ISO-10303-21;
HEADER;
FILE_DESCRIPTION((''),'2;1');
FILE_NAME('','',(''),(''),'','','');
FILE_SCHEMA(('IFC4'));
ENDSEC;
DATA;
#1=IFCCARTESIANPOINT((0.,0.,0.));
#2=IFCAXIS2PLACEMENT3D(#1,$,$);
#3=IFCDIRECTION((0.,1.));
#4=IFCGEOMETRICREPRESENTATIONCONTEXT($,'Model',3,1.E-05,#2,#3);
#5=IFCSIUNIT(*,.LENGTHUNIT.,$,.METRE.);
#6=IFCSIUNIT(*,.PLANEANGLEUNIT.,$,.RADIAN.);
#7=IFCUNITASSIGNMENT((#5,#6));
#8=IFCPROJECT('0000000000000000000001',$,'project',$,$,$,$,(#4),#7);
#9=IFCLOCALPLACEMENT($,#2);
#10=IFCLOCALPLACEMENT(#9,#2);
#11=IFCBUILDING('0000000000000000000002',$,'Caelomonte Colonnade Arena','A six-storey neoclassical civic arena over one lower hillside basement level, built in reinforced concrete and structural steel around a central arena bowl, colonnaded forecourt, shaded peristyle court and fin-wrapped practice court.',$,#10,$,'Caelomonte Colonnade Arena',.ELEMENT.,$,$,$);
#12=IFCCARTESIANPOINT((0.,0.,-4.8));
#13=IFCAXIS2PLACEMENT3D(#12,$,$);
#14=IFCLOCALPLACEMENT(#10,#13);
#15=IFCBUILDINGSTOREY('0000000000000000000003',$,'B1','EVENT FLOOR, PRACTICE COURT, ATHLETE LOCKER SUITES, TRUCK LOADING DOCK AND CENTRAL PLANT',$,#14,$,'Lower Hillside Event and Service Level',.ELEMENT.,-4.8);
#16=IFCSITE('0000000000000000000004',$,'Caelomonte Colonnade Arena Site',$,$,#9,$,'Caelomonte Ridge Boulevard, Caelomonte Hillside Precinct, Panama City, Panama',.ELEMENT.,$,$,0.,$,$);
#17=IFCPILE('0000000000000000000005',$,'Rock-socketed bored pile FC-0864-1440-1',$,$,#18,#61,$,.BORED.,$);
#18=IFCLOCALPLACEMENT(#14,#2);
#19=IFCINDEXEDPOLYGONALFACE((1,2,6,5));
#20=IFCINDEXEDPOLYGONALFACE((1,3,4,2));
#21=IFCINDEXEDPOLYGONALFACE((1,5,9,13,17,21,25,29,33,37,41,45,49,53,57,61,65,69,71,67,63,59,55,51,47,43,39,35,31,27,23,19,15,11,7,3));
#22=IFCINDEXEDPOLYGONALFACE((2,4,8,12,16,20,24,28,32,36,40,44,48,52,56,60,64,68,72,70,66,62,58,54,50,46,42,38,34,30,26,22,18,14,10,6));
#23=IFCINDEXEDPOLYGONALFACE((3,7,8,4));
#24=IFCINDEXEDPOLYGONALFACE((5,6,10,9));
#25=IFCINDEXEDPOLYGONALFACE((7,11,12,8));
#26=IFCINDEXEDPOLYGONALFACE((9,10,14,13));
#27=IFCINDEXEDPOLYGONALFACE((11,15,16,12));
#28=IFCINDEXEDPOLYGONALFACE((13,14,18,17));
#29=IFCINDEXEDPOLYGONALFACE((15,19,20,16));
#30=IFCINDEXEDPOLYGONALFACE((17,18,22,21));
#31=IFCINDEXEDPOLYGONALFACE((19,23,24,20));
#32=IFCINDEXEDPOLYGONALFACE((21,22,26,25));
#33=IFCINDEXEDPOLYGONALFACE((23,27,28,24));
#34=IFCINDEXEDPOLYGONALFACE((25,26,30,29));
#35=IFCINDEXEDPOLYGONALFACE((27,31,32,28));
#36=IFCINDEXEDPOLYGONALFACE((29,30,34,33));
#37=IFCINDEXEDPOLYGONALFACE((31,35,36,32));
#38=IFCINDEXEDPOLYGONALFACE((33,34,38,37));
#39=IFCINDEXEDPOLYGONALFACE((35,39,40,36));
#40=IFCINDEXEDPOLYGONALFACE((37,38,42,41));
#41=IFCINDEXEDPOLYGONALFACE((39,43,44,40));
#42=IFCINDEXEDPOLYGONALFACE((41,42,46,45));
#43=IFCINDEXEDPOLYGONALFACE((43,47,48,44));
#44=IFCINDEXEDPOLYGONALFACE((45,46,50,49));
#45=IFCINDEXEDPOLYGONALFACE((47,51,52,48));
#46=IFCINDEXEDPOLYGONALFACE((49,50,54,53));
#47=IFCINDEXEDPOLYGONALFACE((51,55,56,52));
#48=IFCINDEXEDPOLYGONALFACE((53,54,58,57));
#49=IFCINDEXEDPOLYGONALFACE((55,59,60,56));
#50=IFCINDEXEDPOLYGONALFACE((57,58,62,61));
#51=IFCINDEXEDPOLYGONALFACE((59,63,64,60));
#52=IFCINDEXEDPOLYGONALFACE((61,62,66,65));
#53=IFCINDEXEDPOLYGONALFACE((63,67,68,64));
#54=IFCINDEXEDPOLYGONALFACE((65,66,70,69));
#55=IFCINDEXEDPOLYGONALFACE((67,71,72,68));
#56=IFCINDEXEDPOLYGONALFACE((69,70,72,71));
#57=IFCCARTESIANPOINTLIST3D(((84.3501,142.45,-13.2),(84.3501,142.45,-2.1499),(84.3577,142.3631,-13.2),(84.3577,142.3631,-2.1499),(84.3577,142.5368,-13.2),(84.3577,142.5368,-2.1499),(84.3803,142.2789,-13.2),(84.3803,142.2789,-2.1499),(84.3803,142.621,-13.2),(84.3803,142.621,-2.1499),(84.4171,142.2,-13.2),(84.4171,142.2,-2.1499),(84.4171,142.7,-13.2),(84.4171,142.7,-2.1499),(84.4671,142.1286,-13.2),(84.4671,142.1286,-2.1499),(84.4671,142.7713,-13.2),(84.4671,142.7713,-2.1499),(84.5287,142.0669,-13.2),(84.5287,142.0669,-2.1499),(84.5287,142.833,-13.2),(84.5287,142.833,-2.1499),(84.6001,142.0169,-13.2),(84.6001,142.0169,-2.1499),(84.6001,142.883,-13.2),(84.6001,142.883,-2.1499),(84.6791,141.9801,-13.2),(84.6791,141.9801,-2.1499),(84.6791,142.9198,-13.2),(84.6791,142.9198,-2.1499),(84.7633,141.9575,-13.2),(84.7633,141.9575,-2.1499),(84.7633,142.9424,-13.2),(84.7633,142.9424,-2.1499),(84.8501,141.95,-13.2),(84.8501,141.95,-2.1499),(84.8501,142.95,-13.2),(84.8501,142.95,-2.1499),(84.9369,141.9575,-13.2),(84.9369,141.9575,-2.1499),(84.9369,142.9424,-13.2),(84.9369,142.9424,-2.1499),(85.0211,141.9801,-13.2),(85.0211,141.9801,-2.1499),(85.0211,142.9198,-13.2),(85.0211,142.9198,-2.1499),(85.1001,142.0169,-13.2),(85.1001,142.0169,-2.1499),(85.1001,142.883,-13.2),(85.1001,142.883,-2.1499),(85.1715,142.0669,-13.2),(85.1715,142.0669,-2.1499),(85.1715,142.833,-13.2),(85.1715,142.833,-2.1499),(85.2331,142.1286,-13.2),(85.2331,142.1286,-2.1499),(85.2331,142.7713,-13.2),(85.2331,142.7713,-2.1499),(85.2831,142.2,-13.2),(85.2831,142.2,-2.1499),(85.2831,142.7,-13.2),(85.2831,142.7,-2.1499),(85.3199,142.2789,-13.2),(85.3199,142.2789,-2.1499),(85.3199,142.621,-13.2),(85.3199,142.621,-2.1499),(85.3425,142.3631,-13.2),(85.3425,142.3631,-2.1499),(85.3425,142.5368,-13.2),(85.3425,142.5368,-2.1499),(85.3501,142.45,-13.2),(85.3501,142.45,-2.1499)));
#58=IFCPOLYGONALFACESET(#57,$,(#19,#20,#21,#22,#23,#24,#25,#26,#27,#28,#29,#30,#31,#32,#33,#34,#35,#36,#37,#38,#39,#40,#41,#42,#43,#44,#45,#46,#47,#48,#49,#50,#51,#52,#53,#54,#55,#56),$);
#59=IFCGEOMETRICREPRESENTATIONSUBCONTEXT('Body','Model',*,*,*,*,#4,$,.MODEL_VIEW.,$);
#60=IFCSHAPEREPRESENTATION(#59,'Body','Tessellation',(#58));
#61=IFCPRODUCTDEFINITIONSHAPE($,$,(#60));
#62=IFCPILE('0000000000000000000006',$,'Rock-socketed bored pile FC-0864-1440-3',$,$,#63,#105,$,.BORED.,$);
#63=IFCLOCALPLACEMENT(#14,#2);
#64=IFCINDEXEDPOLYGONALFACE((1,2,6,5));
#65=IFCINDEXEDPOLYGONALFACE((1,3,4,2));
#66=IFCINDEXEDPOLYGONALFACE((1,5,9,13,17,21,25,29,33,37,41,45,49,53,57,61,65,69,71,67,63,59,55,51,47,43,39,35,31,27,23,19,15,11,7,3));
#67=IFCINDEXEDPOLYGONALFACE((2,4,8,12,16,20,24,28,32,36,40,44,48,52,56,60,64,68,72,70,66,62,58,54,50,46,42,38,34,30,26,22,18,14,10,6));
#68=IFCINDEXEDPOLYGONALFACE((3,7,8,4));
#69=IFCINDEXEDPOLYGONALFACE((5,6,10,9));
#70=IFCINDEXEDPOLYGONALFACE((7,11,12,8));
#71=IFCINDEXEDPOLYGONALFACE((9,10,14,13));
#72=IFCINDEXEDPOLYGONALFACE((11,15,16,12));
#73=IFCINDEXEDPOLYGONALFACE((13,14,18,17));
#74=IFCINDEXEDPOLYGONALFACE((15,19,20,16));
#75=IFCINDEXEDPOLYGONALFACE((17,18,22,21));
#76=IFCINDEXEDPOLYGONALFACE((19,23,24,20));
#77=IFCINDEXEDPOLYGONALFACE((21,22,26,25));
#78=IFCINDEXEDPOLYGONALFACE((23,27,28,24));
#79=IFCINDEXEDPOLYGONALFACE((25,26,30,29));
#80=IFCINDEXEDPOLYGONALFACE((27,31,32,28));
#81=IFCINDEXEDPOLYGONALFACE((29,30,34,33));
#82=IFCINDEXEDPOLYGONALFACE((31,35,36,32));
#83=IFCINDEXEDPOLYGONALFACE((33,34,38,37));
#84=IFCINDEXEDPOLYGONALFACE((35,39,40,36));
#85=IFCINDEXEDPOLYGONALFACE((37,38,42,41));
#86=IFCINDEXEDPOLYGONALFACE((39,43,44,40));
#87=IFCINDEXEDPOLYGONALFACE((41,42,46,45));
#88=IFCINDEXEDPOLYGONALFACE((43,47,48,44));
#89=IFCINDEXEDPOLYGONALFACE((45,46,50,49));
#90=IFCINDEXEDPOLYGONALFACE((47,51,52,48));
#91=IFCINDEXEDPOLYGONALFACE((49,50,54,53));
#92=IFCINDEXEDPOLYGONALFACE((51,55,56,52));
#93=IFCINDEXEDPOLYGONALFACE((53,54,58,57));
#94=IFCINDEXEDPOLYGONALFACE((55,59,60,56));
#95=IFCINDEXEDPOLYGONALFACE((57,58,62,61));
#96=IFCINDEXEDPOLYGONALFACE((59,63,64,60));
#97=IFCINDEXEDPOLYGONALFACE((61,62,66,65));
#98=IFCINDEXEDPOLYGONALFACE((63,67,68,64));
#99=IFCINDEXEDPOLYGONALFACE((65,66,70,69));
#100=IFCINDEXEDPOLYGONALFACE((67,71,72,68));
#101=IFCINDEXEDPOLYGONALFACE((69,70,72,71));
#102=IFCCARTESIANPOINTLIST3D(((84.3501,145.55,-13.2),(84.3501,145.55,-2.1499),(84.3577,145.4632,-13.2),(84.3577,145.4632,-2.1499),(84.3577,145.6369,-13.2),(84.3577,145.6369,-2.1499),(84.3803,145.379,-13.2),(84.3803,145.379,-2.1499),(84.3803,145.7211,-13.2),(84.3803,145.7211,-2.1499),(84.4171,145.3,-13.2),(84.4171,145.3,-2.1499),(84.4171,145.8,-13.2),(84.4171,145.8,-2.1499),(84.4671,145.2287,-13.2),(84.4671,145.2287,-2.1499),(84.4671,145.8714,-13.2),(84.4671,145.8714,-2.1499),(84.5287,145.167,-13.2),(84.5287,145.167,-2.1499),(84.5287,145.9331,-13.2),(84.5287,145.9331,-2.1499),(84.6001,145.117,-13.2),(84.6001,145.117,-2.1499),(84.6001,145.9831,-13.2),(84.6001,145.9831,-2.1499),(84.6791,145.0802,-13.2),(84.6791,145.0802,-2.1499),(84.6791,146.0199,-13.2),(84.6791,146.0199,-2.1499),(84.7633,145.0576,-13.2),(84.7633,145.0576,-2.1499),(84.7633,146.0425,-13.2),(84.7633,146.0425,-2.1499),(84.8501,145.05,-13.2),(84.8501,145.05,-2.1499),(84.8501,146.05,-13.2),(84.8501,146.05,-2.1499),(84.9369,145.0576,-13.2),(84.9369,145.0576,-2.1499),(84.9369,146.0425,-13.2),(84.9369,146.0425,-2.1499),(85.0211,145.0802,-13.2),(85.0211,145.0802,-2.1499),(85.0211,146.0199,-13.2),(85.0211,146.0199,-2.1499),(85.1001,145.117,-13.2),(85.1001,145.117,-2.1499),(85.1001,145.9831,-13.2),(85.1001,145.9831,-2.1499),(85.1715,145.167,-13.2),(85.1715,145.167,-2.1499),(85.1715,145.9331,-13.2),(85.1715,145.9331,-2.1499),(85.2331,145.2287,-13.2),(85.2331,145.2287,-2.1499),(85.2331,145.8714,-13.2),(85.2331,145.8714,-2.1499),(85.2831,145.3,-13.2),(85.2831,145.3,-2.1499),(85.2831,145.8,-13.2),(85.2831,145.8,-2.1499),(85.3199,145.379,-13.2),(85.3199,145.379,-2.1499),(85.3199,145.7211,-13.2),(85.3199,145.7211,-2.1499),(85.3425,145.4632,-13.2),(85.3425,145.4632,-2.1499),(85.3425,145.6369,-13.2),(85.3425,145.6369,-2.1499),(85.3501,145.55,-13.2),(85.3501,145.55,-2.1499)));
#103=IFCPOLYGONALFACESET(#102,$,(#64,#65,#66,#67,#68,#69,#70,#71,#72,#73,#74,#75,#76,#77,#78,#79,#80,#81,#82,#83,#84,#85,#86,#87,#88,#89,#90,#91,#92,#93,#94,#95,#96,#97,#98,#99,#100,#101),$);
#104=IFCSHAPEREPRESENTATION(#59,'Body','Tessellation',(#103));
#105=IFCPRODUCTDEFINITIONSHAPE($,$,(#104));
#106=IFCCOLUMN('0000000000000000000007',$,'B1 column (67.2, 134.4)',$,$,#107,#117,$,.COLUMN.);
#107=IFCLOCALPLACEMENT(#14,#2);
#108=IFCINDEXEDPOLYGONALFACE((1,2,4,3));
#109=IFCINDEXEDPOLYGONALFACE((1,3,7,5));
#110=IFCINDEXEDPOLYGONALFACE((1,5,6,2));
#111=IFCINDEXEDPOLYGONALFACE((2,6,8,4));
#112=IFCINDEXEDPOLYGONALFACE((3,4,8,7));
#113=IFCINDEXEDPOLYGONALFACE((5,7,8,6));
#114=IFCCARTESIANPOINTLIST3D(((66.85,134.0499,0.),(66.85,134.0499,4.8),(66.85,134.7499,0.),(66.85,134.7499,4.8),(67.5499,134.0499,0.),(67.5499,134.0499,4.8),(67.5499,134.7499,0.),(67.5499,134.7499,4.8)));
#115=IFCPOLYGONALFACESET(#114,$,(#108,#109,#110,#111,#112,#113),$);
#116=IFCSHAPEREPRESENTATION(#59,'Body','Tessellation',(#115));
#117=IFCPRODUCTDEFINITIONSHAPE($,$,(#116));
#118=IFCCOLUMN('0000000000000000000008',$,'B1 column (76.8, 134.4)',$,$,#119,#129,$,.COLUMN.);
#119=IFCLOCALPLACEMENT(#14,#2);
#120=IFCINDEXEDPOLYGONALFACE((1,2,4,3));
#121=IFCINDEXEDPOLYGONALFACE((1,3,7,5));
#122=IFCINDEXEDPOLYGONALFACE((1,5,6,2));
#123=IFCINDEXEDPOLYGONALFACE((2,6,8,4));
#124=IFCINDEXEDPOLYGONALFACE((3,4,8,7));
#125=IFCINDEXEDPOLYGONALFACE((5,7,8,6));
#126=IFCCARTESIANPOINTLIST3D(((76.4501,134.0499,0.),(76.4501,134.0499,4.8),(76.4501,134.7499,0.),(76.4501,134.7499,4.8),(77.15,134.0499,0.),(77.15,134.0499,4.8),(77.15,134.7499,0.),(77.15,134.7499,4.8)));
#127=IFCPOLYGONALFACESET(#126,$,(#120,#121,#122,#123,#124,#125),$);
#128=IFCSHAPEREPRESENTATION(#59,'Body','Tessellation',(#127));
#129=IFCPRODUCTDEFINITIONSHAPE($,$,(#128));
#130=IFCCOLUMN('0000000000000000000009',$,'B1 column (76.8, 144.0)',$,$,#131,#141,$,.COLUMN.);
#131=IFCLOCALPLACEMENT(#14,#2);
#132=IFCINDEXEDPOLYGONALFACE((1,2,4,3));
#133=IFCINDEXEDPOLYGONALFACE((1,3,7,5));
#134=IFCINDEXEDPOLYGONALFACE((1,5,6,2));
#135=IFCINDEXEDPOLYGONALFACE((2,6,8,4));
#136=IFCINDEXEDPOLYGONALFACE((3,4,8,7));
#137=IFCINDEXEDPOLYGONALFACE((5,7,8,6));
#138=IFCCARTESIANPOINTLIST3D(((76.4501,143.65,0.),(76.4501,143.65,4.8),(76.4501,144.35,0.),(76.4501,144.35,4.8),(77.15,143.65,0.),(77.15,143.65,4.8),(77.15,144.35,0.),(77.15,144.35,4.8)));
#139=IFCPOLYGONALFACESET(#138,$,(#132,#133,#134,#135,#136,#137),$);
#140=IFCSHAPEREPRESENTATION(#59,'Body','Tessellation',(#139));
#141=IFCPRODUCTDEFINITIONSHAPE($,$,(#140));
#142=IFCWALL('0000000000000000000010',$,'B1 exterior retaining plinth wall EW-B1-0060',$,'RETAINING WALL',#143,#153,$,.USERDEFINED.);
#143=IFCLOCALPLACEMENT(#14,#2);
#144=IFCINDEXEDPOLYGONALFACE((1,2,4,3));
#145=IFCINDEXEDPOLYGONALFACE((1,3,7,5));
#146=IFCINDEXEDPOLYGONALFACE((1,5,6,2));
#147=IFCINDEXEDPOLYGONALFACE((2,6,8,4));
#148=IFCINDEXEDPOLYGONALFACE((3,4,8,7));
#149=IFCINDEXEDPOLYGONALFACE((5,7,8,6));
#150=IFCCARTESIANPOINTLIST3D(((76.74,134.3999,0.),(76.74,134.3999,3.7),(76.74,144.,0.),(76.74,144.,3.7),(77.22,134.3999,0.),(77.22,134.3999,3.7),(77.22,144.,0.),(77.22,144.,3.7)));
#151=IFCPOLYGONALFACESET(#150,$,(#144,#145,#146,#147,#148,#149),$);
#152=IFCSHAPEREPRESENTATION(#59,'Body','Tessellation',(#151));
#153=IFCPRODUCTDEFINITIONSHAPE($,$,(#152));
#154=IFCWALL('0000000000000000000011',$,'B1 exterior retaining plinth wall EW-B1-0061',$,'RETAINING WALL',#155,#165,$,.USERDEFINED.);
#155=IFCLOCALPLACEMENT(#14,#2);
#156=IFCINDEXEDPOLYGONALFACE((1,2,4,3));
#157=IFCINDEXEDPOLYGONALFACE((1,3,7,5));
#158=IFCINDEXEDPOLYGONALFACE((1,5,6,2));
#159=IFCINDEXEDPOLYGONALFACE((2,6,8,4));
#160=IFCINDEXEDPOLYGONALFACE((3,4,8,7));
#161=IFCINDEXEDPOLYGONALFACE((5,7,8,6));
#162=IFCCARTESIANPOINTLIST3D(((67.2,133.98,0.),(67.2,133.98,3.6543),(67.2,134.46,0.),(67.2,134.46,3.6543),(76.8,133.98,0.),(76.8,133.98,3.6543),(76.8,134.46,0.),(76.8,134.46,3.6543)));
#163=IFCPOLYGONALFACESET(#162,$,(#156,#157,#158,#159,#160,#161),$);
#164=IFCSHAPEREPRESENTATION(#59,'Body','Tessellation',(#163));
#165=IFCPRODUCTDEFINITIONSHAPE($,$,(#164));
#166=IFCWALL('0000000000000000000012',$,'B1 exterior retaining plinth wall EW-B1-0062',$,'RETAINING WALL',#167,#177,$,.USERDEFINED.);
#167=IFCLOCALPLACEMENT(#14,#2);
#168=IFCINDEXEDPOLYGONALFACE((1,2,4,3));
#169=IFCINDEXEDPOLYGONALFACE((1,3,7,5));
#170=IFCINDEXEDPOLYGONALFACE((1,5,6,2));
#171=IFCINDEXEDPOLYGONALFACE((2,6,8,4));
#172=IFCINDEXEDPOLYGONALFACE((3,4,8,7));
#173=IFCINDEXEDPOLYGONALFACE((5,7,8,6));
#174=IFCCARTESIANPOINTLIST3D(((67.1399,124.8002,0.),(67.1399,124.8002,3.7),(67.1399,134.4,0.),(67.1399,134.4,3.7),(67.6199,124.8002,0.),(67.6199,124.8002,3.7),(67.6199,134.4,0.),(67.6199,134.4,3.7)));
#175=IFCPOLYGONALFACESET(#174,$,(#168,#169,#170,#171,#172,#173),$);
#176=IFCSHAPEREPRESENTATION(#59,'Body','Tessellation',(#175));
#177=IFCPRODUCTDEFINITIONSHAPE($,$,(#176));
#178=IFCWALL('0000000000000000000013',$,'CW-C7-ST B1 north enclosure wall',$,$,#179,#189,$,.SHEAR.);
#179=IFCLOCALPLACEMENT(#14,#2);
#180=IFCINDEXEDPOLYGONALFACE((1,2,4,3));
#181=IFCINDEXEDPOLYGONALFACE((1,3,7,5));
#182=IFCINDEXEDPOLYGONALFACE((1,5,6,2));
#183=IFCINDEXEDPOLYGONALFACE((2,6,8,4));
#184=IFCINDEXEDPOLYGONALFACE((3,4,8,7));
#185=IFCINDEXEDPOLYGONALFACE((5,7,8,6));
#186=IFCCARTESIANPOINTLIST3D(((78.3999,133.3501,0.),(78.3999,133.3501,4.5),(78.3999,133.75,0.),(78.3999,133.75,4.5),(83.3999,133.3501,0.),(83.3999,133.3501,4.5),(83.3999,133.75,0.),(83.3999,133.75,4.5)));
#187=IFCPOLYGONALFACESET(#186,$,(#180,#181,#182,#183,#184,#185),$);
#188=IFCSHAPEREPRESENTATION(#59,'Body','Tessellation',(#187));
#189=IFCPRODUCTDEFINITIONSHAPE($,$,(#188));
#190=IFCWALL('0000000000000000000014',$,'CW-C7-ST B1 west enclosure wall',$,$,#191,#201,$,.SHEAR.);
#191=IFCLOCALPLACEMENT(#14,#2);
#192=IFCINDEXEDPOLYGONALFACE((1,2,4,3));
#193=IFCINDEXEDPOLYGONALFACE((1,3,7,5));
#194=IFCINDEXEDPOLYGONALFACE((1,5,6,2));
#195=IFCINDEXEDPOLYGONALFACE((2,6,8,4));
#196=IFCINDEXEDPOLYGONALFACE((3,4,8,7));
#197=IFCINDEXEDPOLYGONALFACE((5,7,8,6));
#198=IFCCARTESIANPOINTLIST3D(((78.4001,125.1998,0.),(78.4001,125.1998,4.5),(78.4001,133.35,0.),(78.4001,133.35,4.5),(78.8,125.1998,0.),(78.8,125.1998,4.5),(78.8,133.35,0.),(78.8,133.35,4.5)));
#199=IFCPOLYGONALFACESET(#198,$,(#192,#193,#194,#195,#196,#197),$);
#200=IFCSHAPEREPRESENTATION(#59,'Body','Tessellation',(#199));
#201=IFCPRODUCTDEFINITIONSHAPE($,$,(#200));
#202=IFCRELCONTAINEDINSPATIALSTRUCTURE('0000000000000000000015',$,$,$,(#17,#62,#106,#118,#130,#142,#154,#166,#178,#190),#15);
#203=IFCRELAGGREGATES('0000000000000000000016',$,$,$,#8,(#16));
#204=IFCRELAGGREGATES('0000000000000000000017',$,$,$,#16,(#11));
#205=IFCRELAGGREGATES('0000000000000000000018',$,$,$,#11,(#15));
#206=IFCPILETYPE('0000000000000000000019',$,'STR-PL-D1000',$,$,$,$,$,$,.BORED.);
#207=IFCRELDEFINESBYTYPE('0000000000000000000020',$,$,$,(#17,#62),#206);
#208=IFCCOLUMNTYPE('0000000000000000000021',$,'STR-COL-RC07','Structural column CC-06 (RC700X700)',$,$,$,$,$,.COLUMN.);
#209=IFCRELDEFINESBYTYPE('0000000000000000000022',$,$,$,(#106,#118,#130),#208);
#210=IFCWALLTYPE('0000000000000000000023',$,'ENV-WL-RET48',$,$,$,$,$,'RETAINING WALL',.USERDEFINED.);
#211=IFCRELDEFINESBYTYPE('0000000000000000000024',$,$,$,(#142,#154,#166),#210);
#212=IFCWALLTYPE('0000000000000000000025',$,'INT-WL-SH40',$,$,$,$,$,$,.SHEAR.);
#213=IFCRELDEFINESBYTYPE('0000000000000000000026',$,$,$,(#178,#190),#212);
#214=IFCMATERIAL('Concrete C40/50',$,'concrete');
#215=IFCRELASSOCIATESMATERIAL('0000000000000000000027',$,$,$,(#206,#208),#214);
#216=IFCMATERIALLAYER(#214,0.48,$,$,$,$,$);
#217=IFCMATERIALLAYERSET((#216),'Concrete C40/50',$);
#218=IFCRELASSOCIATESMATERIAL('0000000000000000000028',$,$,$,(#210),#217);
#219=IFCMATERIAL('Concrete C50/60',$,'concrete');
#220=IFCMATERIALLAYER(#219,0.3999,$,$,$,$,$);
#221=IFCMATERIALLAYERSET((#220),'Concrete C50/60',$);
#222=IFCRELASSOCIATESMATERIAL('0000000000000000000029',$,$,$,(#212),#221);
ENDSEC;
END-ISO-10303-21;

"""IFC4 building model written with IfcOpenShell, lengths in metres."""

from ifc_helpers import new_model, si_unit, direction, frame, frame_2d, origin, origin_2d, place, context, subcontext, project, spatial, rectangle, circle, extrude, material, layer, layer_set, material_profile, profile_set, type_object, element, save


model = new_model("IFC4")

# Units and contexts
model_context = context("Model", 3, precision=1e-05, world=origin(), true_north=direction((0.0, 1.0)))
body_context = subcontext(model_context, "Body", "Model", "MODEL_VIEW")
ifc_project = project(units=[si_unit("LENGTHUNIT", "METRE"), si_unit("PLANEANGLEUNIT", "RADIAN")], contexts=[model_context])

# Site, building, storey
site_placement = place(None, origin())
site = spatial("IfcSite", under=ifc_project, at=site_placement, Name="Caelomonte Colonnade Arena Site", LongName="Caelomonte Ridge Boulevard, Caelomonte Hillside Precinct, Panama City, Panama", CompositionType="ELEMENT", RefElevation=0.0)
building_placement = place(site_placement, origin())
building = spatial("IfcBuilding", under=site, at=building_placement, Name="Caelomonte Colonnade Arena", Description="A six-storey neoclassical civic arena over one lower hillside basement level, built in reinforced concrete and structural steel around a central arena bowl, colonnaded forecourt, shaded peristyle court and fin-wrapped practice court.", LongName="Caelomonte Colonnade Arena", CompositionType="ELEMENT")
storey_placement = place(building_placement, frame((0.0, 0.0, -4.8)))
storey = spatial("IfcBuildingStorey", under=building, at=storey_placement, Name="B1", Description="EVENT FLOOR, PRACTICE COURT, ATHLETE LOCKER SUITES, TRUCK LOADING DOCK AND CENTRAL PLANT", LongName="Lower Hillside Event and Service Level", CompositionType="ELEMENT", Elevation=-4.8)

# Shared definitions
ifc_material_1 = material(Name="Concrete C40/50", Category="concrete")

# Piles
ifc_material_profile_1 = material_profile(ifc_material_1, circle(Radius=0.5, at=origin_2d()), Name="PILE-D1000")
ifc_profile_set_1 = profile_set([ifc_material_profile_1], Name="Concrete C40/50")
pile_type = type_object("IfcPileType", Name="STR-PL-D1000", PredefinedType="BORED", material=ifc_profile_set_1)
for number, where, z_axis, x_axis, name in (
    (1, (84.8501, 142.45, -2.1499), (0.0, 0.0, -1.0), (1.0, 0.0, 0.0), "Rock-socketed bored pile FC-0864-1440-1"),
    (2, (84.8501, 145.55, -2.1499), (0.0, 0.0, -1.0), (1.0, 0.0, 0.0), "Rock-socketed bored pile FC-0864-1440-3"),
):
    element("IfcPile", number, at=place(storey_placement, frame(where, z_axis=z_axis, x_axis=x_axis)), inside=storey, type_object=pile_type, Name=name, PredefinedType="BORED", context=body_context, shape_type="SweptSolid", body=[
        extrude(circle(Radius=0.5, at=origin_2d()), origin(), (0.0, 0.0, 1.0), 11.05),
    ])

# Columns
ifc_material_profile_2 = material_profile(ifc_material_1, rectangle(XDim=0.7, YDim=0.7, at=origin_2d()), Name="RC700X700")
ifc_profile_set_2 = profile_set([ifc_material_profile_2], Name="Concrete C40/50")
column_type = type_object("IfcColumnType", Name="STR-COL-RC07", Description="Structural column CC-06 (RC700X700)", PredefinedType="COLUMN", material=ifc_profile_set_2)
for number, where, z_axis, x_axis, name in (
    (3, (67.2, 134.3999, 0.0), (0.0, 0.0, 1.0), (1.0, 0.0, 0.0), "B1 column (67.2, 134.4)"),
    (4, (76.8, 134.3999, 0.0), (0.0, 0.0, 1.0), (1.0, 0.0, 0.0), "B1 column (76.8, 134.4)"),
    (5, (76.8, 144.0, 0.0), (0.0, 0.0, 1.0), (1.0, 0.0, 0.0), "B1 column (76.8, 144.0)"),
):
    element("IfcColumn", number, at=place(storey_placement, frame(where, z_axis=z_axis, x_axis=x_axis)), inside=storey, type_object=column_type, Name=name, PredefinedType="COLUMN", context=body_context, shape_type="SweptSolid", body=[
        extrude(rectangle(XDim=0.7, YDim=0.7, at=origin_2d()), origin(), (0.0, 0.0, 1.0), 4.8),
    ])

# Walls
ifc_layer_1 = layer(ifc_material_1, 0.48)
ifc_layer_set_1 = layer_set([ifc_layer_1], Name="Concrete C40/50")
wall_type_1 = type_object("IfcWallType", Name="ENV-WL-RET48", ElementType="RETAINING WALL", PredefinedType="USERDEFINED", material=ifc_layer_set_1)
wall_1_placement = place(storey_placement, frame((76.98, 144.0, 0.0), z_axis=(0.0, 0.0, 1.0), x_axis=(0.0, -1.0, 0.0)))
element("IfcWall", 6, at=wall_1_placement, inside=storey, type_object=wall_type_1, Name="B1 exterior retaining plinth wall EW-B1-0060", ObjectType="RETAINING WALL", PredefinedType="USERDEFINED", context=body_context, shape_type="SweptSolid", body=[
    extrude(rectangle(XDim=9.6001, YDim=0.48, at=frame_2d((4.8, 0.0))), origin(), (0.0, 0.0, 1.0), 3.7),
])
wall_2_placement = place(storey_placement, frame((76.8, 134.22, 0.0), z_axis=(0.0, 0.0, 1.0), x_axis=(-1.0, 0.0, 0.0)))
element("IfcWall", 7, at=wall_2_placement, inside=storey, type_object=wall_type_1, Name="B1 exterior retaining plinth wall EW-B1-0061", ObjectType="RETAINING WALL", PredefinedType="USERDEFINED", context=body_context, shape_type="SweptSolid", body=[
    extrude(rectangle(XDim=9.6001, YDim=0.48, at=frame_2d((4.8, 0.0))), origin(), (0.0, 0.0, 1.0), 3.6543),
])
wall_3_placement = place(storey_placement, frame((67.3799, 134.3999, 0.0), z_axis=(0.0, 0.0, 1.0), x_axis=(0.0, -1.0, 0.0)))
element("IfcWall", 8, at=wall_3_placement, inside=storey, type_object=wall_type_1, Name="B1 exterior retaining plinth wall EW-B1-0062", ObjectType="RETAINING WALL", PredefinedType="USERDEFINED", context=body_context, shape_type="SweptSolid", body=[
    extrude(rectangle(XDim=9.5999, YDim=0.48, at=frame_2d((4.7998, 0.0))), origin(), (0.0, 0.0, 1.0), 3.7),
])
ifc_material_2 = material(Name="Concrete C50/60", Category="concrete")
ifc_layer_2 = layer(ifc_material_2, 0.3999)
ifc_layer_set_2 = layer_set([ifc_layer_2], Name="Concrete C50/60")
wall_type_2 = type_object("IfcWallType", Name="INT-WL-SH40", PredefinedType="SHEAR", material=ifc_layer_set_2)
wall_4_placement = place(storey_placement, frame((83.3999, 133.55, 0.0), z_axis=(0.0, 0.0, 1.0), x_axis=(-1.0, 0.0, 0.0)))
element("IfcWall", 9, at=wall_4_placement, inside=storey, type_object=wall_type_2, Name="CW-C7-ST B1 north enclosure wall", PredefinedType="SHEAR", context=body_context, shape_type="SweptSolid", body=[
    extrude(rectangle(XDim=5.0, YDim=0.3999, at=frame_2d((2.5, 0.0))), origin(), (0.0, 0.0, 1.0), 4.5),
])
wall_5_placement = place(storey_placement, frame((78.6001, 133.3501, 0.0), z_axis=(0.0, 0.0, 1.0), x_axis=(0.0, -1.0, 0.0)))
element("IfcWall", 10, at=wall_5_placement, inside=storey, type_object=wall_type_2, Name="CW-C7-ST B1 west enclosure wall", PredefinedType="SHEAR", context=body_context, shape_type="SweptSolid", body=[
    extrude(rectangle(XDim=8.1501, YDim=0.3999, at=frame_2d((4.0752, 0.0))), origin(), (0.0, 0.0, 1.0), 4.5),
])

save(model, "model.ifc")
